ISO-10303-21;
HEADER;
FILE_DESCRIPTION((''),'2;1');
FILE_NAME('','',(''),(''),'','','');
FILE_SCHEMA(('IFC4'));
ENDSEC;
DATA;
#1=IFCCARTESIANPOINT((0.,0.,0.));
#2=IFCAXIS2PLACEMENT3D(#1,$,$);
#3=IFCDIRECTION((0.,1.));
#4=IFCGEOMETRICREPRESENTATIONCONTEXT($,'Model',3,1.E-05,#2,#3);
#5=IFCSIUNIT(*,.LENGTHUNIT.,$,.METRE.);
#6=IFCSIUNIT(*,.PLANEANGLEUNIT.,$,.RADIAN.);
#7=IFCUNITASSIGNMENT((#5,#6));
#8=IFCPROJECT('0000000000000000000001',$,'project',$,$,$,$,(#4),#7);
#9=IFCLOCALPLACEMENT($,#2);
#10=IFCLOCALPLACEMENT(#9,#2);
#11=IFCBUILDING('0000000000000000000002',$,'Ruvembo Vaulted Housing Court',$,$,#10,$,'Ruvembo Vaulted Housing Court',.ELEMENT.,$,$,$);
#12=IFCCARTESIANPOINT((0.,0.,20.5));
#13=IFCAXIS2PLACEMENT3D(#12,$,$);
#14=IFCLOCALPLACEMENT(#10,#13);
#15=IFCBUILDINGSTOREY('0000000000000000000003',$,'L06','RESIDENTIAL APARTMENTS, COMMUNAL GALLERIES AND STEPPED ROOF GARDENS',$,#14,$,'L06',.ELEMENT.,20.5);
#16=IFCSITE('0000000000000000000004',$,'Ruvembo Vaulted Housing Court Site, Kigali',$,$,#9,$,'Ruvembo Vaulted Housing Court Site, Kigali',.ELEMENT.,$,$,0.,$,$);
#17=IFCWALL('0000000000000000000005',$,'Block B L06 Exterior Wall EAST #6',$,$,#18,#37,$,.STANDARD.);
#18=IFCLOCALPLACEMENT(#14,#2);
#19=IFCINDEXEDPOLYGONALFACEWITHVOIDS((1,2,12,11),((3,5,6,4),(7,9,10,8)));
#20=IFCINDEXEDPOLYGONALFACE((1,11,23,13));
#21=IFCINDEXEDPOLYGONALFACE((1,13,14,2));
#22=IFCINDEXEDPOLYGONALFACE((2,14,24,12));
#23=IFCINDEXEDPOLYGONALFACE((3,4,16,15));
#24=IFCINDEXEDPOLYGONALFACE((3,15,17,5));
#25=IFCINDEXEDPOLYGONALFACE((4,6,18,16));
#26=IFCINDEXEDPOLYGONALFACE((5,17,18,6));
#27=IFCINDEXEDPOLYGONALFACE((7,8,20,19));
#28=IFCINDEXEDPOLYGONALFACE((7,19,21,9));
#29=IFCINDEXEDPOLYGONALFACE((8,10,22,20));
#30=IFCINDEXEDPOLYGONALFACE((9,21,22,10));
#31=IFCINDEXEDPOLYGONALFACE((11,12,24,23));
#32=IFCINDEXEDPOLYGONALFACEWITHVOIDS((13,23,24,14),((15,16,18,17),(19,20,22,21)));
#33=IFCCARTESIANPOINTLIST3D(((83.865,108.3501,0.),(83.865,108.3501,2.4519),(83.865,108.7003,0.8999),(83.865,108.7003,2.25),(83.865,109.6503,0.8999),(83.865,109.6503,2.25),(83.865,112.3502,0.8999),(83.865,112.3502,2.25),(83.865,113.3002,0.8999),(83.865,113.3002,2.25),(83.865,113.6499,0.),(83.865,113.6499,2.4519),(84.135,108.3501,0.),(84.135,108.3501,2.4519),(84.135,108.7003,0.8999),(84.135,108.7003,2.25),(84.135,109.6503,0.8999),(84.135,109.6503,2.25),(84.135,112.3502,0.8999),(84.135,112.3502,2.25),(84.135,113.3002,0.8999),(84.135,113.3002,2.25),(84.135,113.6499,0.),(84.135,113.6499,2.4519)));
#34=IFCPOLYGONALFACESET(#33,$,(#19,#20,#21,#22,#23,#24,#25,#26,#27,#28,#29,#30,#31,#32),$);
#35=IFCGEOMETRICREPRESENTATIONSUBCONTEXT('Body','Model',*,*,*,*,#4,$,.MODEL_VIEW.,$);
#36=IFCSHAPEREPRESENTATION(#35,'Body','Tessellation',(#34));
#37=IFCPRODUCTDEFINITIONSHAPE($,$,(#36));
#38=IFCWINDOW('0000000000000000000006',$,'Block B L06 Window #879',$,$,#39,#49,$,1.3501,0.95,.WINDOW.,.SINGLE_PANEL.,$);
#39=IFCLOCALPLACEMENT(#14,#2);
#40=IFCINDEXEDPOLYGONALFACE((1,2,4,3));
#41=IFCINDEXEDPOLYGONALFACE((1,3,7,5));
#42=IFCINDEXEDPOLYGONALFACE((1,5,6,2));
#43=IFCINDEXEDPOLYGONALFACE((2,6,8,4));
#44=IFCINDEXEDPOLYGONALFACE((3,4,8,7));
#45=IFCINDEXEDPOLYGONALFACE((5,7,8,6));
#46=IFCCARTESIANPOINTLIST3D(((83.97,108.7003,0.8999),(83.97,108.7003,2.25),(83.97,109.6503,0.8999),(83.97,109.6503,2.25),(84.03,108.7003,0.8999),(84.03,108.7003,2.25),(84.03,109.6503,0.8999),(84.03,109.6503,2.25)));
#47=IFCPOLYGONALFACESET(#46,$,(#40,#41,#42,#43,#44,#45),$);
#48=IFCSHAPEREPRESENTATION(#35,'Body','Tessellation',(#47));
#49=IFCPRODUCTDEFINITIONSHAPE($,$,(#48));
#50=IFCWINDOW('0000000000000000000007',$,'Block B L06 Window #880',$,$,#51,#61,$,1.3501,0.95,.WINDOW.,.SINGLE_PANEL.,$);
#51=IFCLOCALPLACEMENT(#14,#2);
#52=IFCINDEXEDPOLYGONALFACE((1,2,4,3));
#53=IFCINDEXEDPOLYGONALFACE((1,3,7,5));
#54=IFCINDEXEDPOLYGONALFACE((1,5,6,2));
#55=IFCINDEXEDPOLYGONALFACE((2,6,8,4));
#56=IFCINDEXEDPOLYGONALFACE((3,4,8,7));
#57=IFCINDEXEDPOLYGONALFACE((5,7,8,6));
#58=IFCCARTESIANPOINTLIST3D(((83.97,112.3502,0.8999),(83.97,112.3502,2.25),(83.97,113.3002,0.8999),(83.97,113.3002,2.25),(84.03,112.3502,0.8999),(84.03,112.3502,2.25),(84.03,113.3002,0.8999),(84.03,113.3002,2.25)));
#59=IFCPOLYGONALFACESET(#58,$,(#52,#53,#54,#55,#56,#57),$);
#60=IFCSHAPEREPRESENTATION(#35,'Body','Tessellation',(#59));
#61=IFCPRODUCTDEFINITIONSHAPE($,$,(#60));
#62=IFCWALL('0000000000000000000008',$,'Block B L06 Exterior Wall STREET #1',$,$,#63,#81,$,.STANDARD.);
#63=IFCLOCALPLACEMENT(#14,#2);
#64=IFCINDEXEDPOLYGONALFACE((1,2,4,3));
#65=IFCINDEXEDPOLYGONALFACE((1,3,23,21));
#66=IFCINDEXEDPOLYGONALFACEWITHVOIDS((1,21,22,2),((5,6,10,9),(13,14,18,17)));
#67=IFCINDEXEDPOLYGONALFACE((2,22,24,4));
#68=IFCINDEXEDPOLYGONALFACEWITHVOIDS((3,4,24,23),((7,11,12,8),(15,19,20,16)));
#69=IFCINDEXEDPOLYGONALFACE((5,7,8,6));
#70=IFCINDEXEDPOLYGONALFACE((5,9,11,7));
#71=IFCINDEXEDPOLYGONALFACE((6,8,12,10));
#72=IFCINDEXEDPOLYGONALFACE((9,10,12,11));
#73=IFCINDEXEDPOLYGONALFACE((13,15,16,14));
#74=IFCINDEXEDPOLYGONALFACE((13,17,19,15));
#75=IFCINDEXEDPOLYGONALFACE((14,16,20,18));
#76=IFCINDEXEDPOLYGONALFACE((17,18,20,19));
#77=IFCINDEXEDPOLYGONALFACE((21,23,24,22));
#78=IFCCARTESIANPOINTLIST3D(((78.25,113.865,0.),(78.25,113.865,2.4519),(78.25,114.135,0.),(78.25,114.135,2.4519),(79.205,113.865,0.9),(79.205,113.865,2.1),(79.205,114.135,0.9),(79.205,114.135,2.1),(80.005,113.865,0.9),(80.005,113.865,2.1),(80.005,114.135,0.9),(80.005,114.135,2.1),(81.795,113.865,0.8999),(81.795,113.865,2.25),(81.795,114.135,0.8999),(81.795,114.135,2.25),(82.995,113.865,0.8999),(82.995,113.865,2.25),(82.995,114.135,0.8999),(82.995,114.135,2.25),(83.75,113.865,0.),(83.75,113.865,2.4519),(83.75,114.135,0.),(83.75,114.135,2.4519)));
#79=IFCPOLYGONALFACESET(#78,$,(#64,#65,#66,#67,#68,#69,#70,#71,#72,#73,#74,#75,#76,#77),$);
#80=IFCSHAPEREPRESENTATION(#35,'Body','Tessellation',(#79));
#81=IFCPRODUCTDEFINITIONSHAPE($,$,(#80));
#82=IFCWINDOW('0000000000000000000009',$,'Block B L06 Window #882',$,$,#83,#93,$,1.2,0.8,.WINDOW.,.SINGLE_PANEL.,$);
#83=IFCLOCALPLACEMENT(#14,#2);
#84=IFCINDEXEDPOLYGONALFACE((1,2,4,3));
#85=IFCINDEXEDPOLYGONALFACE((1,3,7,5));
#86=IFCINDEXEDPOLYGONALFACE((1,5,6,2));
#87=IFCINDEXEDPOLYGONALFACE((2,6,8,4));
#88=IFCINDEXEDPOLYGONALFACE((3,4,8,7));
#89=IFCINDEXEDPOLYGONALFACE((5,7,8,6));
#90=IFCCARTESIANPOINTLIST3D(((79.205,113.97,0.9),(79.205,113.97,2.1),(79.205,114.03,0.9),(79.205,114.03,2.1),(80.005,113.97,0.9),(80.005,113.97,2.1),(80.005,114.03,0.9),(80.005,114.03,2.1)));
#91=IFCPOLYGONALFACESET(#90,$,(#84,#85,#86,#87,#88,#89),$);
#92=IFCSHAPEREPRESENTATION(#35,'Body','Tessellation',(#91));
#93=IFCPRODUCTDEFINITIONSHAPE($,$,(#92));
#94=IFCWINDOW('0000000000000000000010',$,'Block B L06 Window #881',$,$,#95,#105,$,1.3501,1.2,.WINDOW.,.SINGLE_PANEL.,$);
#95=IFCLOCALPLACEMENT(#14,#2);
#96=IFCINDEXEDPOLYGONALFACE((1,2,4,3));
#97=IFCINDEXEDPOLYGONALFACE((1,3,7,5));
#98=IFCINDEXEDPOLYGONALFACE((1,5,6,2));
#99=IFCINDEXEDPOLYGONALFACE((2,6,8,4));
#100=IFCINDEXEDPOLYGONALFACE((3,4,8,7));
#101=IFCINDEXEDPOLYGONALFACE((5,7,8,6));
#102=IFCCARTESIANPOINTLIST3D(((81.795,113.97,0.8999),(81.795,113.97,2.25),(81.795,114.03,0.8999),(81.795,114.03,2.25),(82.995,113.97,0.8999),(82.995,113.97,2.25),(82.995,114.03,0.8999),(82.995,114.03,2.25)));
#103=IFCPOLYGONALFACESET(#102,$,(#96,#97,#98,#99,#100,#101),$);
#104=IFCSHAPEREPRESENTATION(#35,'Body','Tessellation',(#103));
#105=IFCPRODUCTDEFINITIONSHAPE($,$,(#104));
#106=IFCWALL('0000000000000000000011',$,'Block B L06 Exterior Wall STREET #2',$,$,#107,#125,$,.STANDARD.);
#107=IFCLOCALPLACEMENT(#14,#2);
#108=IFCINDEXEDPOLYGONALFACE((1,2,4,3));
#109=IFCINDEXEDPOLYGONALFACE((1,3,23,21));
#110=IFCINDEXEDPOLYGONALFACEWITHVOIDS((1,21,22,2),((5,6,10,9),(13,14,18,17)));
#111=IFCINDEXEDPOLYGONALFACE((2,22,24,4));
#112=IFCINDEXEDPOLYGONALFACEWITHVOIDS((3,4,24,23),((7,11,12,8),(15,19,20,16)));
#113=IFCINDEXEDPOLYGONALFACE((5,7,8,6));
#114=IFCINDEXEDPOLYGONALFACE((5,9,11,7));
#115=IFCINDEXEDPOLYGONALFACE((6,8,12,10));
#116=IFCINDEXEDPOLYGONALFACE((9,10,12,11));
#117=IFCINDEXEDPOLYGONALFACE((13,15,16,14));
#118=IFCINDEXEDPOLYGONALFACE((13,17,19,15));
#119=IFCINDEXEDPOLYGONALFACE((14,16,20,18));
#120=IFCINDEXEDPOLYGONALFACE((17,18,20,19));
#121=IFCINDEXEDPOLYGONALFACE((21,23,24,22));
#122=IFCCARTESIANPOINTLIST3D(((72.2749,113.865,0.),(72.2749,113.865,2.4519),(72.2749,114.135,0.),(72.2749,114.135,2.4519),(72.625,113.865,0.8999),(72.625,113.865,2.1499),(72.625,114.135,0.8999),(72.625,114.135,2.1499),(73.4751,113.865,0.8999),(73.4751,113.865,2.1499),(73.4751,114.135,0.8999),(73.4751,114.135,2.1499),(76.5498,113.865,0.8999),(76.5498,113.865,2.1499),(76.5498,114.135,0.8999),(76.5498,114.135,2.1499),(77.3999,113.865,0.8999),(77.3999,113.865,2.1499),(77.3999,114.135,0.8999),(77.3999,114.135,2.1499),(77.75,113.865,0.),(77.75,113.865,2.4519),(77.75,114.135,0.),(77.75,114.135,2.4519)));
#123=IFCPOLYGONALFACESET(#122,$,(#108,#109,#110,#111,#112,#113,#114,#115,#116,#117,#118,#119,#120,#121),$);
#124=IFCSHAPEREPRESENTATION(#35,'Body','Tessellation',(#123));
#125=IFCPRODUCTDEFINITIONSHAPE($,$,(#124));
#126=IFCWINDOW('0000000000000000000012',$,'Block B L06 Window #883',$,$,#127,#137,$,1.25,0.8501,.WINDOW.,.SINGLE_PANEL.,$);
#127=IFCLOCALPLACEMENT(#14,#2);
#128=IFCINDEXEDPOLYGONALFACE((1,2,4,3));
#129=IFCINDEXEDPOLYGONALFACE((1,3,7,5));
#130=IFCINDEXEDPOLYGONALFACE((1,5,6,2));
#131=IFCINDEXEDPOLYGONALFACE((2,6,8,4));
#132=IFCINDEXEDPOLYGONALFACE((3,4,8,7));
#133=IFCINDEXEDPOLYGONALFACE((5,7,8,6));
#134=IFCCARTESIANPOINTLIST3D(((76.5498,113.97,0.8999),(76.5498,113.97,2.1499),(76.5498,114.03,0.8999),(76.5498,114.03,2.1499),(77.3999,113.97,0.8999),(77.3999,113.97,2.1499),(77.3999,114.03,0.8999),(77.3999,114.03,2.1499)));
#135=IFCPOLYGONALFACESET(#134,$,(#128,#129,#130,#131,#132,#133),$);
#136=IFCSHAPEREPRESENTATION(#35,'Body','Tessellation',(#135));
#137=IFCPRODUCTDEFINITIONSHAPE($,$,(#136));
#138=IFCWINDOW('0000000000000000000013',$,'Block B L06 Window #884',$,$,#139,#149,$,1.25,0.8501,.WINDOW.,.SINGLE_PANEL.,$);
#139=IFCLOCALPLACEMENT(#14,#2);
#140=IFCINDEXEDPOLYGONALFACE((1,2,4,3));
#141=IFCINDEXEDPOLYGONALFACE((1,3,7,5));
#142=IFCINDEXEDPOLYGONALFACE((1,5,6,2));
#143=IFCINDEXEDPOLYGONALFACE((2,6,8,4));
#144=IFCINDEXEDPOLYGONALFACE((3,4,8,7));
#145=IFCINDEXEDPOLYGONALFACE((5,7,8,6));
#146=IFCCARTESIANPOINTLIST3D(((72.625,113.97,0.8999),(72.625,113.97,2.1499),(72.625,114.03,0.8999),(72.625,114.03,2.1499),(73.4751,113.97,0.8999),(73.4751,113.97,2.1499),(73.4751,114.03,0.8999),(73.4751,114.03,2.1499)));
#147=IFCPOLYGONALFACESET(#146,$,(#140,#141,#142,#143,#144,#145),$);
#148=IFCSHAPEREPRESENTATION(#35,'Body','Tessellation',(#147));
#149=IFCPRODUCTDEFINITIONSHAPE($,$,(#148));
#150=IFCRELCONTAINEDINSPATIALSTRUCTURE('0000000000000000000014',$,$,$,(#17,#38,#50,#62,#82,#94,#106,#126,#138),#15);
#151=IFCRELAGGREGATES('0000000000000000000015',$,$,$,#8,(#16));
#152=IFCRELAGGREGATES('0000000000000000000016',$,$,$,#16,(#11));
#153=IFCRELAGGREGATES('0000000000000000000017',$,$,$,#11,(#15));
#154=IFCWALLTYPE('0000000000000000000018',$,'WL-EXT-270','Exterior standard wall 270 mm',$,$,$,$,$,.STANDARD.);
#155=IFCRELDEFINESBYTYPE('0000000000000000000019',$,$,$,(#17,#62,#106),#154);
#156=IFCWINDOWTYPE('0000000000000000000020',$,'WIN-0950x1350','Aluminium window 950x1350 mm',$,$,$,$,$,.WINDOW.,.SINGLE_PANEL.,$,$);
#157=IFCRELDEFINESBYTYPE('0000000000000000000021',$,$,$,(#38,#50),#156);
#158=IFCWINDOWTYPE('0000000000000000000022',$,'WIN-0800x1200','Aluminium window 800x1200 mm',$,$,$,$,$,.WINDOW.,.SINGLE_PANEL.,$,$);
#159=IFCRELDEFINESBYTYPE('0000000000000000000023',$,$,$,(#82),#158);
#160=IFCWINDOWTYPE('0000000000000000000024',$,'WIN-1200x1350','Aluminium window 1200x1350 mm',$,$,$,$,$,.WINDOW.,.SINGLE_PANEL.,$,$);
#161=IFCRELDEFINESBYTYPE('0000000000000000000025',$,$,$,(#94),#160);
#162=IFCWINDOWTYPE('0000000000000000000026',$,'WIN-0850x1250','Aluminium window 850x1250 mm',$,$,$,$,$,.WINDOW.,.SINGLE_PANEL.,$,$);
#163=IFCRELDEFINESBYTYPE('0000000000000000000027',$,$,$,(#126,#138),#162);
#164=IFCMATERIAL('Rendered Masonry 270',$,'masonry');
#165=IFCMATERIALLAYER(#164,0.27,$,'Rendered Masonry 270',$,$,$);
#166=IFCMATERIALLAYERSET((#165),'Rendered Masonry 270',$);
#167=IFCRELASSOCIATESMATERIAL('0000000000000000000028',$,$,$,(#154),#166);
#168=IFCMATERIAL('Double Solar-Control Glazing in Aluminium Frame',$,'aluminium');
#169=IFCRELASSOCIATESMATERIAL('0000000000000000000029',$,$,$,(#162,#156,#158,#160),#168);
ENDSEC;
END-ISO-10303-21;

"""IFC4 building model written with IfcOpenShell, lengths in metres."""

from ifc_helpers import new_model, si_unit, direction, frame, frame_2d, origin, place, context, subcontext, project, spatial, rectangle, extrude, material, layer, layer_set, type_object, element, fill, save


model = new_model("IFC4")

# Units and contexts
model_context = context("Model", 3, precision=1e-05, world=origin(), true_north=direction((0.0, 1.0)))
body_context = subcontext(model_context, "Body", "Model", "MODEL_VIEW")
ifc_project = project(units=[si_unit("LENGTHUNIT", "METRE"), si_unit("PLANEANGLEUNIT", "RADIAN")], contexts=[model_context])

# Site, building, storey
site_placement = place(None, origin())
site = spatial("IfcSite", under=ifc_project, at=site_placement, Name="Ruvembo Vaulted Housing Court Site, Kigali", LongName="Ruvembo Vaulted Housing Court Site, Kigali", CompositionType="ELEMENT", RefElevation=0.0)
building_placement = place(site_placement, origin())
building = spatial("IfcBuilding", under=site, at=building_placement, Name="Ruvembo Vaulted Housing Court", LongName="Ruvembo Vaulted Housing Court", CompositionType="ELEMENT")
storey_placement = place(building_placement, frame((0.0, 0.0, 20.5)))
storey = spatial("IfcBuildingStorey", under=building, at=storey_placement, Name="L06", Description="RESIDENTIAL APARTMENTS, COMMUNAL GALLERIES AND STEPPED ROOF GARDENS", LongName="L06", CompositionType="ELEMENT", Elevation=20.5)

# Walls, openings, windows
ifc_material_1 = material(Name="Rendered Masonry 270", Category="masonry")
ifc_layer_1 = layer(ifc_material_1, 0.27, Name="Rendered Masonry 270")
ifc_layer_set_1 = layer_set([ifc_layer_1], Name="Rendered Masonry 270")
wall_type = type_object("IfcWallType", Name="WL-EXT-270", Description="Exterior standard wall 270 mm", PredefinedType="STANDARD", material=ifc_layer_set_1)
ifc_material_2 = material(Name="Double Solar-Control Glazing in Aluminium Frame", Category="aluminium")
window_type_1 = type_object("IfcWindowType", Name="WIN-0850x1250", Description="Aluminium window 850x1250 mm", PartitioningType="SINGLE_PANEL", PredefinedType="WINDOW", material=ifc_material_2)
wall_1_placement = place(storey_placement, frame((84.0, 108.3501, 0.0), z_axis=(0.0, 0.0, 1.0), x_axis=(0.0, 1.0, 0.0)))
wall_1 = element("IfcWall", 1, at=wall_1_placement, inside=storey, type_object=wall_type, Name="Block B L06 Exterior Wall EAST #6", PredefinedType="STANDARD", context=body_context, shape_type="SweptSolid", body=[
    extrude(rectangle(XDim=5.2998, YDim=0.27, at=frame_2d((2.6499, 0.0))), origin(), (0.0, 0.0, 1.0), 2.4519),
])
opening_1_placement = place(wall_1_placement, frame((0.3501, 0.0, 0.8999)))
opening_1 = element("IfcOpeningElement", 2, at=opening_1_placement, cuts=wall_1, PredefinedType="OPENING", context=body_context, shape_type="SweptSolid", body=[
    extrude(rectangle(XDim=0.95, YDim=1.3501, at=frame_2d((0.4751, 0.675))), frame((0.0, 0.145, 0.0), z_axis=(0.0, -1.0, 0.0), x_axis=(1.0, 0.0, 0.0)), (0.0, 0.0, 1.0), 0.29),
])
opening_2_placement = place(wall_1_placement, frame((4.0, 0.0, 0.8999)))
opening_2 = element("IfcOpeningElement", 3, at=opening_2_placement, cuts=wall_1, PredefinedType="OPENING", context=body_context, shape_type="SweptSolid", body=[
    extrude(rectangle(XDim=0.95, YDim=1.3501, at=frame_2d((0.4751, 0.675))), frame((0.0, 0.145, 0.0), z_axis=(0.0, -1.0, 0.0), x_axis=(1.0, 0.0, 0.0)), (0.0, 0.0, 1.0), 0.29),
])
window_type_2 = type_object("IfcWindowType", Name="WIN-0950x1350", Description="Aluminium window 950x1350 mm", PartitioningType="SINGLE_PANEL", PredefinedType="WINDOW", material=ifc_material_2)
window_1_placement = place(opening_1_placement, origin())
window_1 = element("IfcWindow", 4, at=window_1_placement, inside=storey, type_object=window_type_2, Name="Block B L06 Window #879", OverallHeight=1.3501, OverallWidth=0.95, PartitioningType="SINGLE_PANEL", PredefinedType="WINDOW", context=body_context, shape_type="SweptSolid", body=[
    extrude(rectangle(XDim=0.95, YDim=1.3501, at=frame_2d((0.4751, 0.675))), frame((0.0, 0.03, 0.0), z_axis=(0.0, -1.0, 0.0), x_axis=(1.0, 0.0, 0.0)), (0.0, 0.0, 1.0), 0.0601),
])
fill(opening_1, window_1)
window_2_placement = place(opening_2_placement, origin())
window_2 = element("IfcWindow", 5, at=window_2_placement, inside=storey, type_object=window_type_2, Name="Block B L06 Window #880", OverallHeight=1.3501, OverallWidth=0.95, PartitioningType="SINGLE_PANEL", PredefinedType="WINDOW", context=body_context, shape_type="SweptSolid", body=[
    extrude(rectangle(XDim=0.95, YDim=1.3501, at=frame_2d((0.4751, 0.675))), frame((0.0, 0.03, 0.0), z_axis=(0.0, -1.0, 0.0), x_axis=(1.0, 0.0, 0.0)), (0.0, 0.0, 1.0), 0.0601),
])
fill(opening_2, window_2)
wall_2_placement = place(storey_placement, frame((83.75, 114.0, 0.0), z_axis=(0.0, 0.0, 1.0), x_axis=(-1.0, 0.0, 0.0)))
wall_2 = element("IfcWall", 6, at=wall_2_placement, inside=storey, type_object=wall_type, Name="Block B L06 Exterior Wall STREET #1", PredefinedType="STANDARD", context=body_context, shape_type="SweptSolid", body=[
    extrude(rectangle(XDim=5.5, YDim=0.27, at=frame_2d((2.75, 0.0))), origin(), (0.0, 0.0, 1.0), 2.4519),
])
opening_3_placement = place(wall_2_placement, frame((0.7549, 0.0, 0.8999)))
opening_3 = element("IfcOpeningElement", 7, at=opening_3_placement, cuts=wall_2, PredefinedType="OPENING", context=body_context, shape_type="SweptSolid", body=[
    extrude(rectangle(XDim=1.2, YDim=1.3501, at=frame_2d((0.6001, 0.675))), frame((0.0, 0.145, 0.0), z_axis=(0.0, -1.0, 0.0), x_axis=(1.0, 0.0, 0.0)), (0.0, 0.0, 1.0), 0.29),
])
opening_4_placement = place(wall_2_placement, frame((3.7451, 0.0, 0.8999)))
opening_4 = element("IfcOpeningElement", 8, at=opening_4_placement, cuts=wall_2, PredefinedType="OPENING", context=body_context, shape_type="SweptSolid", body=[
    extrude(rectangle(XDim=0.8, YDim=1.2, at=frame_2d((0.3999, 0.6001))), frame((0.0, 0.145, 0.0), z_axis=(0.0, -1.0, 0.0), x_axis=(1.0, 0.0, 0.0)), (0.0, 0.0, 1.0), 0.29),
])
window_type_3 = type_object("IfcWindowType", Name="WIN-0800x1200", Description="Aluminium window 800x1200 mm", PartitioningType="SINGLE_PANEL", PredefinedType="WINDOW", material=ifc_material_2)
window_3_placement = place(opening_4_placement, origin())
window_3 = element("IfcWindow", 9, at=window_3_placement, inside=storey, type_object=window_type_3, Name="Block B L06 Window #882", OverallHeight=1.2, OverallWidth=0.8, PartitioningType="SINGLE_PANEL", PredefinedType="WINDOW", context=body_context, shape_type="SweptSolid", body=[
    extrude(rectangle(XDim=0.8, YDim=1.2, at=frame_2d((0.3999, 0.6001))), frame((0.0, 0.03, 0.0), z_axis=(0.0, -1.0, 0.0), x_axis=(1.0, 0.0, 0.0)), (0.0, 0.0, 1.0), 0.0601),
])
fill(opening_4, window_3)
window_type_4 = type_object("IfcWindowType", Name="WIN-1200x1350", Description="Aluminium window 1200x1350 mm", PartitioningType="SINGLE_PANEL", PredefinedType="WINDOW", material=ifc_material_2)
window_4_placement = place(opening_3_placement, origin())
window_4 = element("IfcWindow", 10, at=window_4_placement, inside=storey, type_object=window_type_4, Name="Block B L06 Window #881", OverallHeight=1.3501, OverallWidth=1.2, PartitioningType="SINGLE_PANEL", PredefinedType="WINDOW", context=body_context, shape_type="SweptSolid", body=[
    extrude(rectangle(XDim=1.2, YDim=1.3501, at=frame_2d((0.6001, 0.675))), frame((0.0, 0.03, 0.0), z_axis=(0.0, -1.0, 0.0), x_axis=(1.0, 0.0, 0.0)), (0.0, 0.0, 1.0), 0.0601),
])
fill(opening_3, window_4)
wall_3_placement = place(storey_placement, frame((77.75, 114.0, 0.0), z_axis=(0.0, 0.0, 1.0), x_axis=(-1.0, 0.0, 0.0)))
wall_3 = element("IfcWall", 11, at=wall_3_placement, inside=storey, type_object=wall_type, Name="Block B L06 Exterior Wall STREET #2", PredefinedType="STANDARD", context=body_context, shape_type="SweptSolid", body=[
    extrude(rectangle(XDim=5.4751, YDim=0.27, at=frame_2d((2.7375, 0.0))), origin(), (0.0, 0.0, 1.0), 2.4519),
])
opening_5_placement = place(wall_3_placement, frame((0.3501, 0.0, 0.8999)))
opening_5 = element("IfcOpeningElement", 12, at=opening_5_placement, cuts=wall_3, PredefinedType="OPENING", context=body_context, shape_type="SweptSolid", body=[
    extrude(rectangle(XDim=0.8501, YDim=1.25, at=frame_2d((0.425, 0.625))), frame((0.0, 0.145, 0.0), z_axis=(0.0, -1.0, 0.0), x_axis=(1.0, 0.0, 0.0)), (0.0, 0.0, 1.0), 0.29),
])
opening_6_placement = place(wall_3_placement, frame((4.2749, 0.0, 0.8999)))
opening_6 = element("IfcOpeningElement", 13, at=opening_6_placement, cuts=wall_3, PredefinedType="OPENING", context=body_context, shape_type="SweptSolid", body=[
    extrude(rectangle(XDim=0.8501, YDim=1.25, at=frame_2d((0.425, 0.625))), frame((0.0, 0.145, 0.0), z_axis=(0.0, -1.0, 0.0), x_axis=(1.0, 0.0, 0.0)), (0.0, 0.0, 1.0), 0.29),
])
window_5_placement = place(opening_5_placement, origin())
window_5 = element("IfcWindow", 14, at=window_5_placement, inside=storey, type_object=window_type_1, Name="Block B L06 Window #883", OverallHeight=1.25, OverallWidth=0.8501, PartitioningType="SINGLE_PANEL", PredefinedType="WINDOW", context=body_context, shape_type="SweptSolid", body=[
    extrude(rectangle(XDim=0.8501, YDim=1.25, at=frame_2d((0.425, 0.625))), frame((0.0, 0.03, 0.0), z_axis=(0.0, -1.0, 0.0), x_axis=(1.0, 0.0, 0.0)), (0.0, 0.0, 1.0), 0.0601),
])
fill(opening_5, window_5)
window_6_placement = place(opening_6_placement, origin())
window_6 = element("IfcWindow", 15, at=window_6_placement, inside=storey, type_object=window_type_1, Name="Block B L06 Window #884", OverallHeight=1.25, OverallWidth=0.8501, PartitioningType="SINGLE_PANEL", PredefinedType="WINDOW", context=body_context, shape_type="SweptSolid", body=[
    extrude(rectangle(XDim=0.8501, YDim=1.25, at=frame_2d((0.425, 0.625))), frame((0.0, 0.03, 0.0), z_axis=(0.0, -1.0, 0.0), x_axis=(1.0, 0.0, 0.0)), (0.0, 0.0, 1.0), 0.0601),
])
fill(opening_6, window_6)

save(model, "model.ifc")
